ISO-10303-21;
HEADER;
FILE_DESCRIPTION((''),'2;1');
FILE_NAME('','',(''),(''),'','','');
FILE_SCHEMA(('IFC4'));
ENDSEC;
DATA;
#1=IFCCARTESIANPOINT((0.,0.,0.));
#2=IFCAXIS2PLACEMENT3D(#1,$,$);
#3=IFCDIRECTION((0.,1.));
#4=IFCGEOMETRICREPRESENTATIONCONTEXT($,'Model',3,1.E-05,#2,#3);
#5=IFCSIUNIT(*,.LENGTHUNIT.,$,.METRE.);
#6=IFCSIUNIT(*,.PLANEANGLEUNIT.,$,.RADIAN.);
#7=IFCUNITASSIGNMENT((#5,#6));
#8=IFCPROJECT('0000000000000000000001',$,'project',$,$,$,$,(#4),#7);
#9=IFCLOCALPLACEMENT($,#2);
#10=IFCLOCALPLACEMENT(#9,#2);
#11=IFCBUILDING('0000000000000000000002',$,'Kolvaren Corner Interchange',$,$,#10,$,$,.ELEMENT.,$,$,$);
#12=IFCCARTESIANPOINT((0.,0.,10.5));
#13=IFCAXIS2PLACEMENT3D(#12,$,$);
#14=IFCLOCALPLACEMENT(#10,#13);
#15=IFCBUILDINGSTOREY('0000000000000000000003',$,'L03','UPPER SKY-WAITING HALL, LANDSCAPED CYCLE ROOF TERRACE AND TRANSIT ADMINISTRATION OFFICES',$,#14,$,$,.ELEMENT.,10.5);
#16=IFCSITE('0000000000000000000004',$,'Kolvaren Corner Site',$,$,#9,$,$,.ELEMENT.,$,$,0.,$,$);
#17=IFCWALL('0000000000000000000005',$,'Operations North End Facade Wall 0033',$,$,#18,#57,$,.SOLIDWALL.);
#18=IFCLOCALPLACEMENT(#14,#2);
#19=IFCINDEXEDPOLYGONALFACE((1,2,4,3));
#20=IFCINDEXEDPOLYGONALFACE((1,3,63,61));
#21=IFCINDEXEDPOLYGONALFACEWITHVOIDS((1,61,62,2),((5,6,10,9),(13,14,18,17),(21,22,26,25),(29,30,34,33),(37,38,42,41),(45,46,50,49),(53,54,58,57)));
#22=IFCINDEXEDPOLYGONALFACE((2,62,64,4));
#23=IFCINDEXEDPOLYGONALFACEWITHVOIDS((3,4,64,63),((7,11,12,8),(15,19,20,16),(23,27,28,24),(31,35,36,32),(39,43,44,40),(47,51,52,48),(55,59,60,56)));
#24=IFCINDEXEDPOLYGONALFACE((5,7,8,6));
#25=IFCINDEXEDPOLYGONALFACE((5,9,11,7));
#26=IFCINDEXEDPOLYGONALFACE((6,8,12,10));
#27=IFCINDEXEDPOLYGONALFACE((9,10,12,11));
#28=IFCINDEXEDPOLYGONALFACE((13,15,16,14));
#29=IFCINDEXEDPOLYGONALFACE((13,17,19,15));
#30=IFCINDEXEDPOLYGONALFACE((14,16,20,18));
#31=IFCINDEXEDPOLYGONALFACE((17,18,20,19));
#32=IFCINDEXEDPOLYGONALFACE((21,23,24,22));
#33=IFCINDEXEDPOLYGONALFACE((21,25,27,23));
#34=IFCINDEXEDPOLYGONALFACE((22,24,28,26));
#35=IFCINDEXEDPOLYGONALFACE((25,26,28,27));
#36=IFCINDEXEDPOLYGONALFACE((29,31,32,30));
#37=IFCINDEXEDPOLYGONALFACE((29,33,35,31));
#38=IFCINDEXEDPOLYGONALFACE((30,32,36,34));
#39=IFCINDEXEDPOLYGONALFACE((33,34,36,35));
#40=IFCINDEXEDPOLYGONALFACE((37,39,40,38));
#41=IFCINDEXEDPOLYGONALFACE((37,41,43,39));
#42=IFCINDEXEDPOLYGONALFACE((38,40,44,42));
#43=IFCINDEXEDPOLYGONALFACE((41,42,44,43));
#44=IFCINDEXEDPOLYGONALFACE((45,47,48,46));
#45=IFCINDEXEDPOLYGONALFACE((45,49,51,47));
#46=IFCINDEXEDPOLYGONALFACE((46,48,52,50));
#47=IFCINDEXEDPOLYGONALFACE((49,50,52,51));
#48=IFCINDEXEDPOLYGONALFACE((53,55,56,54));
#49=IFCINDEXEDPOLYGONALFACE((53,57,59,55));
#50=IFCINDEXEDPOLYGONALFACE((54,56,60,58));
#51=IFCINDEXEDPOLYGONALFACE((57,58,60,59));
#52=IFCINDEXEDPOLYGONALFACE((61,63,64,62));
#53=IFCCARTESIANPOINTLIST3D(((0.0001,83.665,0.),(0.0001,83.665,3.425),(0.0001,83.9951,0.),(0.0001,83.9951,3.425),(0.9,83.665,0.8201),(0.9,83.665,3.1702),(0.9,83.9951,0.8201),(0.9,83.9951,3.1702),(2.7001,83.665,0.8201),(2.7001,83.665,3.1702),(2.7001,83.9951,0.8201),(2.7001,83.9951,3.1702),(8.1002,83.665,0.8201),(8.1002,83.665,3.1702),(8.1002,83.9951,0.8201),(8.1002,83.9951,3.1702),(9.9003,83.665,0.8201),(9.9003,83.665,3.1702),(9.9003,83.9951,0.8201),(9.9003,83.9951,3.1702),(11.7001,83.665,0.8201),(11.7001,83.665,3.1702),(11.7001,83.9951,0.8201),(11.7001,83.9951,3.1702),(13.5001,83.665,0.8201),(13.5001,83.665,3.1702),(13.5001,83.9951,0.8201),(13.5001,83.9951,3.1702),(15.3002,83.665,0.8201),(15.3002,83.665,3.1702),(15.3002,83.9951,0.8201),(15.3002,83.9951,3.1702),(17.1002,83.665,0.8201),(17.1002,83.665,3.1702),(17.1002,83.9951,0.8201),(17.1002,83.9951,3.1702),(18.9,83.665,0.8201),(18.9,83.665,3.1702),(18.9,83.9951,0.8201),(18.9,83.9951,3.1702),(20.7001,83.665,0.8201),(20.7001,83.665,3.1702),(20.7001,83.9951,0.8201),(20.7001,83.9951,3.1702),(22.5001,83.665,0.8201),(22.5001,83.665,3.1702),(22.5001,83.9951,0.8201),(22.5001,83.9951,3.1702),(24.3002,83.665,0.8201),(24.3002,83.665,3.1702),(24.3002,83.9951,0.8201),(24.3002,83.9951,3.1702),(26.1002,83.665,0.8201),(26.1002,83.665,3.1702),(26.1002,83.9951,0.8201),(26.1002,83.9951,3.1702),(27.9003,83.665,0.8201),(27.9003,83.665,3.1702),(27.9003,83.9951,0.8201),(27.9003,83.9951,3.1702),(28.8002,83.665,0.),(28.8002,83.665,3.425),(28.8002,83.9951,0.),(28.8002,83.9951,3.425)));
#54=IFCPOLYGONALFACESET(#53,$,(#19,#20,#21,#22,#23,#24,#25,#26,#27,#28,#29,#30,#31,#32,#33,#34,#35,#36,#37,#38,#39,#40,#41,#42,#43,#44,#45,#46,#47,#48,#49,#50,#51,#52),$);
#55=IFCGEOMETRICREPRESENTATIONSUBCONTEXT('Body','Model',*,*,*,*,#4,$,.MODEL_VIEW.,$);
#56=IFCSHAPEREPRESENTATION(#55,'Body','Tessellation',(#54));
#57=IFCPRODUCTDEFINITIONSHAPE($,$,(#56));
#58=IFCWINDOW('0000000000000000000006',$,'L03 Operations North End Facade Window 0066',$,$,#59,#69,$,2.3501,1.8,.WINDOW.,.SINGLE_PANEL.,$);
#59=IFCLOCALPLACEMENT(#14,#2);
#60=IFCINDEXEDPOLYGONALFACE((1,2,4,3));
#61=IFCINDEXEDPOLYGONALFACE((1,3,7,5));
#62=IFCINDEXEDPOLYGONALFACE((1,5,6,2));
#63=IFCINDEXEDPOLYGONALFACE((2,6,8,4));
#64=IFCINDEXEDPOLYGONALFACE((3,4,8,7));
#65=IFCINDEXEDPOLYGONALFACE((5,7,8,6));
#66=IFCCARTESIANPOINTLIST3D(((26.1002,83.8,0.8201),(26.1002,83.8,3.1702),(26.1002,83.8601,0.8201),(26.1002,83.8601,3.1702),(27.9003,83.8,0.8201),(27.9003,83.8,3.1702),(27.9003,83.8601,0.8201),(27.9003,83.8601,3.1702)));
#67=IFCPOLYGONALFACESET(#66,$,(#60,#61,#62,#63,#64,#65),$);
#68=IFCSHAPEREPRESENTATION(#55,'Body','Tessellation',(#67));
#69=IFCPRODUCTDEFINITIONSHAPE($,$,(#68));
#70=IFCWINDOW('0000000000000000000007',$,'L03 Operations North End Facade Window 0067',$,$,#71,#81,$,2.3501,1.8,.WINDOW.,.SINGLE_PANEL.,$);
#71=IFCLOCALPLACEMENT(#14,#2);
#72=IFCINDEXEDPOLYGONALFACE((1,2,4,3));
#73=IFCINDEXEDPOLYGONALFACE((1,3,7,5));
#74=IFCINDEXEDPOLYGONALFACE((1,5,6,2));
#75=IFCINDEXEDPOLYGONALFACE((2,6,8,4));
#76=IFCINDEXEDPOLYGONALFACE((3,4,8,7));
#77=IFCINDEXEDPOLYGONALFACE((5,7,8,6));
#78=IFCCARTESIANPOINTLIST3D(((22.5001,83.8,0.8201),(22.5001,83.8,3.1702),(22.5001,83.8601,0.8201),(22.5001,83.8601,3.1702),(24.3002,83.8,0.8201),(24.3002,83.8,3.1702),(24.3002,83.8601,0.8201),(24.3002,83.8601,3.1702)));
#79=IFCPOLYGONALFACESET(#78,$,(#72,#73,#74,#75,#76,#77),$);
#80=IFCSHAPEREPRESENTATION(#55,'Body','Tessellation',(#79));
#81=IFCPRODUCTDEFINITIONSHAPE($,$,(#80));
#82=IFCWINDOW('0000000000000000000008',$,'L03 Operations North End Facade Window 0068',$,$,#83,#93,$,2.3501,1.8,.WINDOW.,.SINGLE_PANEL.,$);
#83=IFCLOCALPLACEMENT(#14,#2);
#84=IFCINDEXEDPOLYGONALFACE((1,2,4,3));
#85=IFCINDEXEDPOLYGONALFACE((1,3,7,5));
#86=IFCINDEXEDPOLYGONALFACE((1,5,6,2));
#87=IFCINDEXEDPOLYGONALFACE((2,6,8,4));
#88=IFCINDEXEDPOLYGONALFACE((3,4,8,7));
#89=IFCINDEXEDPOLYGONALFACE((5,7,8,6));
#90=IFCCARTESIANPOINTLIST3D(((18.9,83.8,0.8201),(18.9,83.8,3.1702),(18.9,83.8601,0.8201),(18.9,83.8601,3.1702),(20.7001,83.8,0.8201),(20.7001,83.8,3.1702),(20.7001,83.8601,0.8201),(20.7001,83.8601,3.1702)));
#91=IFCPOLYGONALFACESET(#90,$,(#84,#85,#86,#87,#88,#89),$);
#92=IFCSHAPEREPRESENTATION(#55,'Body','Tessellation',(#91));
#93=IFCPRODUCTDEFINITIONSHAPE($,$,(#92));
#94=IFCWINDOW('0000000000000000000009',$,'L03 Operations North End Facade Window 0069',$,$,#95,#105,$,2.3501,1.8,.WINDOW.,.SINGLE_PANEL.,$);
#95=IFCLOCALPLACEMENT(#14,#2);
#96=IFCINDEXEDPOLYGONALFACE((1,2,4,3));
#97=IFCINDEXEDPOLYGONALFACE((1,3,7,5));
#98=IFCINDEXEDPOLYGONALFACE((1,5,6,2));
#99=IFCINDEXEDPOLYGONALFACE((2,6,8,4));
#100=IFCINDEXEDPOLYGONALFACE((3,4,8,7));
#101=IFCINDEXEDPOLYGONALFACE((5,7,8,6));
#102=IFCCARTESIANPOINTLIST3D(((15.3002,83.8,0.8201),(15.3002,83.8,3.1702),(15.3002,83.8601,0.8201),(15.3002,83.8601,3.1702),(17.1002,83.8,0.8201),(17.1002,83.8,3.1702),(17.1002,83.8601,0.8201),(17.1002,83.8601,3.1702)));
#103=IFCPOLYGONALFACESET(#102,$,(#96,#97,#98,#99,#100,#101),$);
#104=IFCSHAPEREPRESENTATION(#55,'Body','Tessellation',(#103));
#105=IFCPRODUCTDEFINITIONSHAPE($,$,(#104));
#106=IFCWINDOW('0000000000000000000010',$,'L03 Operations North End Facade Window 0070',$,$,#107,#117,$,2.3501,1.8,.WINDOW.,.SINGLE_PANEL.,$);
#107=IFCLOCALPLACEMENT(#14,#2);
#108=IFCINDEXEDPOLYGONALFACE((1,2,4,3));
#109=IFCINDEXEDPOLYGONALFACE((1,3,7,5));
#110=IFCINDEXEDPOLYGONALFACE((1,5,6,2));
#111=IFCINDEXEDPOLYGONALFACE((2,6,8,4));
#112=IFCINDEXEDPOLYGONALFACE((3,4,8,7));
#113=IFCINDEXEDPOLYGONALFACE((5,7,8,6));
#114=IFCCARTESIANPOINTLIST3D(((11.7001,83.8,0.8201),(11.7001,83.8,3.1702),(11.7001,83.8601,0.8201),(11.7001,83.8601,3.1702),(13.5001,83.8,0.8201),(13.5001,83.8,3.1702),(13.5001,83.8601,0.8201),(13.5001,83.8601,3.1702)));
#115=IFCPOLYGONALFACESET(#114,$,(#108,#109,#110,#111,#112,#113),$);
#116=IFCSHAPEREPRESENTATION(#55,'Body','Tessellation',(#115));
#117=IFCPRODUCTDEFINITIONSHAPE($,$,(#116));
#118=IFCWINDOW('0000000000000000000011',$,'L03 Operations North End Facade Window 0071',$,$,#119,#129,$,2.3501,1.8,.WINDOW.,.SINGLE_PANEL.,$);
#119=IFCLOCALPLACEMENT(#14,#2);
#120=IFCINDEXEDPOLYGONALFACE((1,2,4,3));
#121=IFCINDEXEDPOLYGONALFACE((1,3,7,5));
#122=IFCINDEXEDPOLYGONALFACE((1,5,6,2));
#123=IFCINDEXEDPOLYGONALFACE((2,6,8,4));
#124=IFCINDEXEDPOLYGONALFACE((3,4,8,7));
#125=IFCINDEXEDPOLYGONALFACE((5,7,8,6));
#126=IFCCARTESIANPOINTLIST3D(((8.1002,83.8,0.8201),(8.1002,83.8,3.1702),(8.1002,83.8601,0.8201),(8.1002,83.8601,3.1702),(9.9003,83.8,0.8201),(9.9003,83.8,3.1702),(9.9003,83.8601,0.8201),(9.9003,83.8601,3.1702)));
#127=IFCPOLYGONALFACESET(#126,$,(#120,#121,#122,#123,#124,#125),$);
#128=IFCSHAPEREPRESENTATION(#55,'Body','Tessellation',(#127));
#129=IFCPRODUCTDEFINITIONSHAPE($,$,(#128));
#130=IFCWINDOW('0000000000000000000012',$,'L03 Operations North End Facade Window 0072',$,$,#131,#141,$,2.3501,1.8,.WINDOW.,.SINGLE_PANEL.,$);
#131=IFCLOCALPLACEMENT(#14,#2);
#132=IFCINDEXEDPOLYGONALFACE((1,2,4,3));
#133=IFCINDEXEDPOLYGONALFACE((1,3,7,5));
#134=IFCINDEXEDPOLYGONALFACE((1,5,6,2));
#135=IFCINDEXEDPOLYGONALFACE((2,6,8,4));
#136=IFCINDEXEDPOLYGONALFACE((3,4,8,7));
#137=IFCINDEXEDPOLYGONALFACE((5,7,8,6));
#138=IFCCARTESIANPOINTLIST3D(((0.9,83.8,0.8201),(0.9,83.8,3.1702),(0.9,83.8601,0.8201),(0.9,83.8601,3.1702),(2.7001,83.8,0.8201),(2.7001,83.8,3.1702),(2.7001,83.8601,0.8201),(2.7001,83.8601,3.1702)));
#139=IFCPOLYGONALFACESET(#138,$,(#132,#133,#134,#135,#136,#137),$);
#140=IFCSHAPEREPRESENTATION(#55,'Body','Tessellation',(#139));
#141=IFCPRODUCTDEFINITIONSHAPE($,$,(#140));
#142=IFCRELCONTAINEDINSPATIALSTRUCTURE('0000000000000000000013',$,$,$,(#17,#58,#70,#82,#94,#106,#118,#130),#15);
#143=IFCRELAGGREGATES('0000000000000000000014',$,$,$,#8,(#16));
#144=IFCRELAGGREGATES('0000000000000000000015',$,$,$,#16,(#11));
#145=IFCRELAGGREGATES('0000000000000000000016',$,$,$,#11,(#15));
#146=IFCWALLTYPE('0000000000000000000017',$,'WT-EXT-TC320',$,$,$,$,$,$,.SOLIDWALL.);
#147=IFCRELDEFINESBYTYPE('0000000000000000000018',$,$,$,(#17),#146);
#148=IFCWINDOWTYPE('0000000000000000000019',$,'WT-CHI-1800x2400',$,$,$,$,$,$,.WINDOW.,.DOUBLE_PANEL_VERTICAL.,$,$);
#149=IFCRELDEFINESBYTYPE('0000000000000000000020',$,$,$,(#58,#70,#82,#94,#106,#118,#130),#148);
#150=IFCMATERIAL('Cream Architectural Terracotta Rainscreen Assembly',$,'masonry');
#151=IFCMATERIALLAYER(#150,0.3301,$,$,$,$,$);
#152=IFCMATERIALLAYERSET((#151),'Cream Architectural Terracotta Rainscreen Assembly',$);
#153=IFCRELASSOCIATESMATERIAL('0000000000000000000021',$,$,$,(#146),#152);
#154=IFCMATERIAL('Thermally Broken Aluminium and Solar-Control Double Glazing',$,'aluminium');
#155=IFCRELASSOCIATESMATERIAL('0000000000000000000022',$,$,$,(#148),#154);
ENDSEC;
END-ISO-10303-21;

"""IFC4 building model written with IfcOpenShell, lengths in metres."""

from ifc_helpers import new_model, si_unit, direction, frame, frame_2d, origin, place, context, subcontext, project, spatial, rectangle, extrude, material, layer, layer_set, type_object, element, fill, save


model = new_model("IFC4")

# Units and contexts
model_context = context("Model", 3, precision=1e-05, world=origin(), true_north=direction((0.0, 1.0)))
body_context = subcontext(model_context, "Body", "Model", "MODEL_VIEW")
ifc_project = project(units=[si_unit("LENGTHUNIT", "METRE"), si_unit("PLANEANGLEUNIT", "RADIAN")], contexts=[model_context])

# Site, building, storey
site_placement = place(None, origin())
site = spatial("IfcSite", under=ifc_project, at=site_placement, Name="Kolvaren Corner Site", CompositionType="ELEMENT", RefElevation=0.0)
building_placement = place(site_placement, origin())
building = spatial("IfcBuilding", under=site, at=building_placement, Name="Kolvaren Corner Interchange", CompositionType="ELEMENT")
storey_placement = place(building_placement, frame((0.0, 0.0, 10.5)))
storey = spatial("IfcBuildingStorey", under=building, at=storey_placement, Name="L03", Description="UPPER SKY-WAITING HALL, LANDSCAPED CYCLE ROOF TERRACE AND TRANSIT ADMINISTRATION OFFICES", CompositionType="ELEMENT", Elevation=10.5)

# Wall, openings, windows
ifc_material_1 = material(Name="Cream Architectural Terracotta Rainscreen Assembly", Category="masonry")
ifc_layer_1 = layer(ifc_material_1, 0.3301)
ifc_layer_set_1 = layer_set([ifc_layer_1], Name="Cream Architectural Terracotta Rainscreen Assembly")
wall_type_1 = type_object("IfcWallType", Name="WT-EXT-TC320", PredefinedType="SOLIDWALL", material=ifc_layer_set_1)
wall_1_placement = place(storey_placement, frame((28.8, 83.8301, 0.0), z_axis=(0.0, 0.0, 1.0), x_axis=(-1.0, 0.0, 0.0)))
wall_1 = element("IfcWall", 1, at=wall_1_placement, inside=storey, type_object=wall_type_1, Name="Operations North End Facade Wall 0033", PredefinedType="SOLIDWALL", context=body_context, shape_type="SweptSolid", body=[
    extrude(rectangle(XDim=28.8, YDim=0.3301, at=frame_2d((14.3999, 0.0))), origin(), (0.0, 0.0, 1.0), 3.425),
])
opening_1_placement = place(wall_1_placement, frame((0.8999, 0.0, 0.8201)))
opening_1 = element("IfcOpeningElement", 2, at=opening_1_placement, cuts=wall_1, PredefinedType="OPENING", context=body_context, shape_type="SweptSolid", body=[
    extrude(rectangle(XDim=1.8, YDim=2.3501, at=frame_2d((0.8999, 1.175))), frame((0.0, 0.175, 0.0), z_axis=(0.0, -1.0, 0.0), x_axis=(1.0, 0.0, 0.0)), (0.0, 0.0, 1.0), 0.3501),
])
opening_2_placement = place(wall_1_placement, frame((4.5, 0.0, 0.8201)))
opening_2 = element("IfcOpeningElement", 3, at=opening_2_placement, cuts=wall_1, PredefinedType="OPENING", context=body_context, shape_type="SweptSolid", body=[
    extrude(rectangle(XDim=1.8, YDim=2.3501, at=frame_2d((0.8999, 1.175))), frame((0.0, 0.175, 0.0), z_axis=(0.0, -1.0, 0.0), x_axis=(1.0, 0.0, 0.0)), (0.0, 0.0, 1.0), 0.3501),
])
opening_3_placement = place(wall_1_placement, frame((8.1001, 0.0, 0.8201)))
opening_3 = element("IfcOpeningElement", 4, at=opening_3_placement, cuts=wall_1, PredefinedType="OPENING", context=body_context, shape_type="SweptSolid", body=[
    extrude(rectangle(XDim=1.8, YDim=2.3501, at=frame_2d((0.8999, 1.175))), frame((0.0, 0.175, 0.0), z_axis=(0.0, -1.0, 0.0), x_axis=(1.0, 0.0, 0.0)), (0.0, 0.0, 1.0), 0.3501),
])
opening_4_placement = place(wall_1_placement, frame((11.7, 0.0, 0.8201)))
opening_4 = element("IfcOpeningElement", 5, at=opening_4_placement, cuts=wall_1, PredefinedType="OPENING", context=body_context, shape_type="SweptSolid", body=[
    extrude(rectangle(XDim=1.8, YDim=2.3501, at=frame_2d((0.8999, 1.175))), frame((0.0, 0.175, 0.0), z_axis=(0.0, -1.0, 0.0), x_axis=(1.0, 0.0, 0.0)), (0.0, 0.0, 1.0), 0.3501),
])
opening_5_placement = place(wall_1_placement, frame((15.3, 0.0, 0.8201)))
opening_5 = element("IfcOpeningElement", 6, at=opening_5_placement, cuts=wall_1, PredefinedType="OPENING", context=body_context, shape_type="SweptSolid", body=[
    extrude(rectangle(XDim=1.8, YDim=2.3501, at=frame_2d((0.8999, 1.175))), frame((0.0, 0.175, 0.0), z_axis=(0.0, -1.0, 0.0), x_axis=(1.0, 0.0, 0.0)), (0.0, 0.0, 1.0), 0.3501),
])
opening_6_placement = place(wall_1_placement, frame((18.8999, 0.0, 0.8201)))
opening_6 = element("IfcOpeningElement", 7, at=opening_6_placement, cuts=wall_1, PredefinedType="OPENING", context=body_context, shape_type="SweptSolid", body=[
    extrude(rectangle(XDim=1.8, YDim=2.3501, at=frame_2d((0.8999, 1.175))), frame((0.0, 0.175, 0.0), z_axis=(0.0, -1.0, 0.0), x_axis=(1.0, 0.0, 0.0)), (0.0, 0.0, 1.0), 0.3501),
])
opening_7_placement = place(wall_1_placement, frame((26.1001, 0.0, 0.8201)))
opening_7 = element("IfcOpeningElement", 8, at=opening_7_placement, cuts=wall_1, PredefinedType="OPENING", context=body_context, shape_type="SweptSolid", body=[
    extrude(rectangle(XDim=1.8, YDim=2.3501, at=frame_2d((0.8999, 1.175))), frame((0.0, 0.175, 0.0), z_axis=(0.0, -1.0, 0.0), x_axis=(1.0, 0.0, 0.0)), (0.0, 0.0, 1.0), 0.3501),
])
ifc_material_2 = material(Name="Thermally Broken Aluminium and Solar-Control Double Glazing", Category="aluminium")
window_type_1 = type_object("IfcWindowType", Name="WT-CHI-1800x2400", PartitioningType="DOUBLE_PANEL_VERTICAL", PredefinedType="WINDOW", material=ifc_material_2)
window_1_placement = place(opening_1_placement, origin())
window_1 = element("IfcWindow", 9, at=window_1_placement, inside=storey, type_object=window_type_1, Name="L03 Operations North End Facade Window 0066", OverallHeight=2.3501, OverallWidth=1.8, PartitioningType="SINGLE_PANEL", PredefinedType="WINDOW", context=body_context, shape_type="SweptSolid", body=[
    extrude(rectangle(XDim=1.8, YDim=2.3501, at=frame_2d((0.8999, 1.175))), frame((0.0, 0.03, 0.0), z_axis=(0.0, -1.0, 0.0), x_axis=(1.0, 0.0, 0.0)), (0.0, 0.0, 1.0), 0.0601),
])
fill(opening_1, window_1)
window_2_placement = place(opening_2_placement, origin())
window_2 = element("IfcWindow", 10, at=window_2_placement, inside=storey, type_object=window_type_1, Name="L03 Operations North End Facade Window 0067", OverallHeight=2.3501, OverallWidth=1.8, PartitioningType="SINGLE_PANEL", PredefinedType="WINDOW", context=body_context, shape_type="SweptSolid", body=[
    extrude(rectangle(XDim=1.8, YDim=2.3501, at=frame_2d((0.8999, 1.175))), frame((0.0, 0.03, 0.0), z_axis=(0.0, -1.0, 0.0), x_axis=(1.0, 0.0, 0.0)), (0.0, 0.0, 1.0), 0.0601),
])
fill(opening_2, window_2)
window_3_placement = place(opening_3_placement, origin())
window_3 = element("IfcWindow", 11, at=window_3_placement, inside=storey, type_object=window_type_1, Name="L03 Operations North End Facade Window 0068", OverallHeight=2.3501, OverallWidth=1.8, PartitioningType="SINGLE_PANEL", PredefinedType="WINDOW", context=body_context, shape_type="SweptSolid", body=[
    extrude(rectangle(XDim=1.8, YDim=2.3501, at=frame_2d((0.8999, 1.175))), frame((0.0, 0.03, 0.0), z_axis=(0.0, -1.0, 0.0), x_axis=(1.0, 0.0, 0.0)), (0.0, 0.0, 1.0), 0.0601),
])
fill(opening_3, window_3)
window_4_placement = place(opening_4_placement, origin())
window_4 = element("IfcWindow", 12, at=window_4_placement, inside=storey, type_object=window_type_1, Name="L03 Operations North End Facade Window 0069", OverallHeight=2.3501, OverallWidth=1.8, PartitioningType="SINGLE_PANEL", PredefinedType="WINDOW", context=body_context, shape_type="SweptSolid", body=[
    extrude(rectangle(XDim=1.8, YDim=2.3501, at=frame_2d((0.8999, 1.175))), frame((0.0, 0.03, 0.0), z_axis=(0.0, -1.0, 0.0), x_axis=(1.0, 0.0, 0.0)), (0.0, 0.0, 1.0), 0.0601),
])
fill(opening_4, window_4)
window_5_placement = place(opening_5_placement, origin())
window_5 = element("IfcWindow", 13, at=window_5_placement, inside=storey, type_object=window_type_1, Name="L03 Operations North End Facade Window 0070", OverallHeight=2.3501, OverallWidth=1.8, PartitioningType="SINGLE_PANEL", PredefinedType="WINDOW", context=body_context, shape_type="SweptSolid", body=[
    extrude(rectangle(XDim=1.8, YDim=2.3501, at=frame_2d((0.8999, 1.175))), frame((0.0, 0.03, 0.0), z_axis=(0.0, -1.0, 0.0), x_axis=(1.0, 0.0, 0.0)), (0.0, 0.0, 1.0), 0.0601),
])
fill(opening_5, window_5)
window_6_placement = place(opening_6_placement, origin())
window_6 = element("IfcWindow", 14, at=window_6_placement, inside=storey, type_object=window_type_1, Name="L03 Operations North End Facade Window 0071", OverallHeight=2.3501, OverallWidth=1.8, PartitioningType="SINGLE_PANEL", PredefinedType="WINDOW", context=body_context, shape_type="SweptSolid", body=[
    extrude(rectangle(XDim=1.8, YDim=2.3501, at=frame_2d((0.8999, 1.175))), frame((0.0, 0.03, 0.0), z_axis=(0.0, -1.0, 0.0), x_axis=(1.0, 0.0, 0.0)), (0.0, 0.0, 1.0), 0.0601),
])
fill(opening_6, window_6)
window_7_placement = place(opening_7_placement, origin())
window_7 = element("IfcWindow", 15, at=window_7_placement, inside=storey, type_object=window_type_1, Name="L03 Operations North End Facade Window 0072", OverallHeight=2.3501, OverallWidth=1.8, PartitioningType="SINGLE_PANEL", PredefinedType="WINDOW", context=body_context, shape_type="SweptSolid", body=[
    extrude(rectangle(XDim=1.8, YDim=2.3501, at=frame_2d((0.8999, 1.175))), frame((0.0, 0.03, 0.0), z_axis=(0.0, -1.0, 0.0), x_axis=(1.0, 0.0, 0.0)), (0.0, 0.0, 1.0), 0.0601),
])
fill(opening_7, window_7)

save(model, "model.ifc")
